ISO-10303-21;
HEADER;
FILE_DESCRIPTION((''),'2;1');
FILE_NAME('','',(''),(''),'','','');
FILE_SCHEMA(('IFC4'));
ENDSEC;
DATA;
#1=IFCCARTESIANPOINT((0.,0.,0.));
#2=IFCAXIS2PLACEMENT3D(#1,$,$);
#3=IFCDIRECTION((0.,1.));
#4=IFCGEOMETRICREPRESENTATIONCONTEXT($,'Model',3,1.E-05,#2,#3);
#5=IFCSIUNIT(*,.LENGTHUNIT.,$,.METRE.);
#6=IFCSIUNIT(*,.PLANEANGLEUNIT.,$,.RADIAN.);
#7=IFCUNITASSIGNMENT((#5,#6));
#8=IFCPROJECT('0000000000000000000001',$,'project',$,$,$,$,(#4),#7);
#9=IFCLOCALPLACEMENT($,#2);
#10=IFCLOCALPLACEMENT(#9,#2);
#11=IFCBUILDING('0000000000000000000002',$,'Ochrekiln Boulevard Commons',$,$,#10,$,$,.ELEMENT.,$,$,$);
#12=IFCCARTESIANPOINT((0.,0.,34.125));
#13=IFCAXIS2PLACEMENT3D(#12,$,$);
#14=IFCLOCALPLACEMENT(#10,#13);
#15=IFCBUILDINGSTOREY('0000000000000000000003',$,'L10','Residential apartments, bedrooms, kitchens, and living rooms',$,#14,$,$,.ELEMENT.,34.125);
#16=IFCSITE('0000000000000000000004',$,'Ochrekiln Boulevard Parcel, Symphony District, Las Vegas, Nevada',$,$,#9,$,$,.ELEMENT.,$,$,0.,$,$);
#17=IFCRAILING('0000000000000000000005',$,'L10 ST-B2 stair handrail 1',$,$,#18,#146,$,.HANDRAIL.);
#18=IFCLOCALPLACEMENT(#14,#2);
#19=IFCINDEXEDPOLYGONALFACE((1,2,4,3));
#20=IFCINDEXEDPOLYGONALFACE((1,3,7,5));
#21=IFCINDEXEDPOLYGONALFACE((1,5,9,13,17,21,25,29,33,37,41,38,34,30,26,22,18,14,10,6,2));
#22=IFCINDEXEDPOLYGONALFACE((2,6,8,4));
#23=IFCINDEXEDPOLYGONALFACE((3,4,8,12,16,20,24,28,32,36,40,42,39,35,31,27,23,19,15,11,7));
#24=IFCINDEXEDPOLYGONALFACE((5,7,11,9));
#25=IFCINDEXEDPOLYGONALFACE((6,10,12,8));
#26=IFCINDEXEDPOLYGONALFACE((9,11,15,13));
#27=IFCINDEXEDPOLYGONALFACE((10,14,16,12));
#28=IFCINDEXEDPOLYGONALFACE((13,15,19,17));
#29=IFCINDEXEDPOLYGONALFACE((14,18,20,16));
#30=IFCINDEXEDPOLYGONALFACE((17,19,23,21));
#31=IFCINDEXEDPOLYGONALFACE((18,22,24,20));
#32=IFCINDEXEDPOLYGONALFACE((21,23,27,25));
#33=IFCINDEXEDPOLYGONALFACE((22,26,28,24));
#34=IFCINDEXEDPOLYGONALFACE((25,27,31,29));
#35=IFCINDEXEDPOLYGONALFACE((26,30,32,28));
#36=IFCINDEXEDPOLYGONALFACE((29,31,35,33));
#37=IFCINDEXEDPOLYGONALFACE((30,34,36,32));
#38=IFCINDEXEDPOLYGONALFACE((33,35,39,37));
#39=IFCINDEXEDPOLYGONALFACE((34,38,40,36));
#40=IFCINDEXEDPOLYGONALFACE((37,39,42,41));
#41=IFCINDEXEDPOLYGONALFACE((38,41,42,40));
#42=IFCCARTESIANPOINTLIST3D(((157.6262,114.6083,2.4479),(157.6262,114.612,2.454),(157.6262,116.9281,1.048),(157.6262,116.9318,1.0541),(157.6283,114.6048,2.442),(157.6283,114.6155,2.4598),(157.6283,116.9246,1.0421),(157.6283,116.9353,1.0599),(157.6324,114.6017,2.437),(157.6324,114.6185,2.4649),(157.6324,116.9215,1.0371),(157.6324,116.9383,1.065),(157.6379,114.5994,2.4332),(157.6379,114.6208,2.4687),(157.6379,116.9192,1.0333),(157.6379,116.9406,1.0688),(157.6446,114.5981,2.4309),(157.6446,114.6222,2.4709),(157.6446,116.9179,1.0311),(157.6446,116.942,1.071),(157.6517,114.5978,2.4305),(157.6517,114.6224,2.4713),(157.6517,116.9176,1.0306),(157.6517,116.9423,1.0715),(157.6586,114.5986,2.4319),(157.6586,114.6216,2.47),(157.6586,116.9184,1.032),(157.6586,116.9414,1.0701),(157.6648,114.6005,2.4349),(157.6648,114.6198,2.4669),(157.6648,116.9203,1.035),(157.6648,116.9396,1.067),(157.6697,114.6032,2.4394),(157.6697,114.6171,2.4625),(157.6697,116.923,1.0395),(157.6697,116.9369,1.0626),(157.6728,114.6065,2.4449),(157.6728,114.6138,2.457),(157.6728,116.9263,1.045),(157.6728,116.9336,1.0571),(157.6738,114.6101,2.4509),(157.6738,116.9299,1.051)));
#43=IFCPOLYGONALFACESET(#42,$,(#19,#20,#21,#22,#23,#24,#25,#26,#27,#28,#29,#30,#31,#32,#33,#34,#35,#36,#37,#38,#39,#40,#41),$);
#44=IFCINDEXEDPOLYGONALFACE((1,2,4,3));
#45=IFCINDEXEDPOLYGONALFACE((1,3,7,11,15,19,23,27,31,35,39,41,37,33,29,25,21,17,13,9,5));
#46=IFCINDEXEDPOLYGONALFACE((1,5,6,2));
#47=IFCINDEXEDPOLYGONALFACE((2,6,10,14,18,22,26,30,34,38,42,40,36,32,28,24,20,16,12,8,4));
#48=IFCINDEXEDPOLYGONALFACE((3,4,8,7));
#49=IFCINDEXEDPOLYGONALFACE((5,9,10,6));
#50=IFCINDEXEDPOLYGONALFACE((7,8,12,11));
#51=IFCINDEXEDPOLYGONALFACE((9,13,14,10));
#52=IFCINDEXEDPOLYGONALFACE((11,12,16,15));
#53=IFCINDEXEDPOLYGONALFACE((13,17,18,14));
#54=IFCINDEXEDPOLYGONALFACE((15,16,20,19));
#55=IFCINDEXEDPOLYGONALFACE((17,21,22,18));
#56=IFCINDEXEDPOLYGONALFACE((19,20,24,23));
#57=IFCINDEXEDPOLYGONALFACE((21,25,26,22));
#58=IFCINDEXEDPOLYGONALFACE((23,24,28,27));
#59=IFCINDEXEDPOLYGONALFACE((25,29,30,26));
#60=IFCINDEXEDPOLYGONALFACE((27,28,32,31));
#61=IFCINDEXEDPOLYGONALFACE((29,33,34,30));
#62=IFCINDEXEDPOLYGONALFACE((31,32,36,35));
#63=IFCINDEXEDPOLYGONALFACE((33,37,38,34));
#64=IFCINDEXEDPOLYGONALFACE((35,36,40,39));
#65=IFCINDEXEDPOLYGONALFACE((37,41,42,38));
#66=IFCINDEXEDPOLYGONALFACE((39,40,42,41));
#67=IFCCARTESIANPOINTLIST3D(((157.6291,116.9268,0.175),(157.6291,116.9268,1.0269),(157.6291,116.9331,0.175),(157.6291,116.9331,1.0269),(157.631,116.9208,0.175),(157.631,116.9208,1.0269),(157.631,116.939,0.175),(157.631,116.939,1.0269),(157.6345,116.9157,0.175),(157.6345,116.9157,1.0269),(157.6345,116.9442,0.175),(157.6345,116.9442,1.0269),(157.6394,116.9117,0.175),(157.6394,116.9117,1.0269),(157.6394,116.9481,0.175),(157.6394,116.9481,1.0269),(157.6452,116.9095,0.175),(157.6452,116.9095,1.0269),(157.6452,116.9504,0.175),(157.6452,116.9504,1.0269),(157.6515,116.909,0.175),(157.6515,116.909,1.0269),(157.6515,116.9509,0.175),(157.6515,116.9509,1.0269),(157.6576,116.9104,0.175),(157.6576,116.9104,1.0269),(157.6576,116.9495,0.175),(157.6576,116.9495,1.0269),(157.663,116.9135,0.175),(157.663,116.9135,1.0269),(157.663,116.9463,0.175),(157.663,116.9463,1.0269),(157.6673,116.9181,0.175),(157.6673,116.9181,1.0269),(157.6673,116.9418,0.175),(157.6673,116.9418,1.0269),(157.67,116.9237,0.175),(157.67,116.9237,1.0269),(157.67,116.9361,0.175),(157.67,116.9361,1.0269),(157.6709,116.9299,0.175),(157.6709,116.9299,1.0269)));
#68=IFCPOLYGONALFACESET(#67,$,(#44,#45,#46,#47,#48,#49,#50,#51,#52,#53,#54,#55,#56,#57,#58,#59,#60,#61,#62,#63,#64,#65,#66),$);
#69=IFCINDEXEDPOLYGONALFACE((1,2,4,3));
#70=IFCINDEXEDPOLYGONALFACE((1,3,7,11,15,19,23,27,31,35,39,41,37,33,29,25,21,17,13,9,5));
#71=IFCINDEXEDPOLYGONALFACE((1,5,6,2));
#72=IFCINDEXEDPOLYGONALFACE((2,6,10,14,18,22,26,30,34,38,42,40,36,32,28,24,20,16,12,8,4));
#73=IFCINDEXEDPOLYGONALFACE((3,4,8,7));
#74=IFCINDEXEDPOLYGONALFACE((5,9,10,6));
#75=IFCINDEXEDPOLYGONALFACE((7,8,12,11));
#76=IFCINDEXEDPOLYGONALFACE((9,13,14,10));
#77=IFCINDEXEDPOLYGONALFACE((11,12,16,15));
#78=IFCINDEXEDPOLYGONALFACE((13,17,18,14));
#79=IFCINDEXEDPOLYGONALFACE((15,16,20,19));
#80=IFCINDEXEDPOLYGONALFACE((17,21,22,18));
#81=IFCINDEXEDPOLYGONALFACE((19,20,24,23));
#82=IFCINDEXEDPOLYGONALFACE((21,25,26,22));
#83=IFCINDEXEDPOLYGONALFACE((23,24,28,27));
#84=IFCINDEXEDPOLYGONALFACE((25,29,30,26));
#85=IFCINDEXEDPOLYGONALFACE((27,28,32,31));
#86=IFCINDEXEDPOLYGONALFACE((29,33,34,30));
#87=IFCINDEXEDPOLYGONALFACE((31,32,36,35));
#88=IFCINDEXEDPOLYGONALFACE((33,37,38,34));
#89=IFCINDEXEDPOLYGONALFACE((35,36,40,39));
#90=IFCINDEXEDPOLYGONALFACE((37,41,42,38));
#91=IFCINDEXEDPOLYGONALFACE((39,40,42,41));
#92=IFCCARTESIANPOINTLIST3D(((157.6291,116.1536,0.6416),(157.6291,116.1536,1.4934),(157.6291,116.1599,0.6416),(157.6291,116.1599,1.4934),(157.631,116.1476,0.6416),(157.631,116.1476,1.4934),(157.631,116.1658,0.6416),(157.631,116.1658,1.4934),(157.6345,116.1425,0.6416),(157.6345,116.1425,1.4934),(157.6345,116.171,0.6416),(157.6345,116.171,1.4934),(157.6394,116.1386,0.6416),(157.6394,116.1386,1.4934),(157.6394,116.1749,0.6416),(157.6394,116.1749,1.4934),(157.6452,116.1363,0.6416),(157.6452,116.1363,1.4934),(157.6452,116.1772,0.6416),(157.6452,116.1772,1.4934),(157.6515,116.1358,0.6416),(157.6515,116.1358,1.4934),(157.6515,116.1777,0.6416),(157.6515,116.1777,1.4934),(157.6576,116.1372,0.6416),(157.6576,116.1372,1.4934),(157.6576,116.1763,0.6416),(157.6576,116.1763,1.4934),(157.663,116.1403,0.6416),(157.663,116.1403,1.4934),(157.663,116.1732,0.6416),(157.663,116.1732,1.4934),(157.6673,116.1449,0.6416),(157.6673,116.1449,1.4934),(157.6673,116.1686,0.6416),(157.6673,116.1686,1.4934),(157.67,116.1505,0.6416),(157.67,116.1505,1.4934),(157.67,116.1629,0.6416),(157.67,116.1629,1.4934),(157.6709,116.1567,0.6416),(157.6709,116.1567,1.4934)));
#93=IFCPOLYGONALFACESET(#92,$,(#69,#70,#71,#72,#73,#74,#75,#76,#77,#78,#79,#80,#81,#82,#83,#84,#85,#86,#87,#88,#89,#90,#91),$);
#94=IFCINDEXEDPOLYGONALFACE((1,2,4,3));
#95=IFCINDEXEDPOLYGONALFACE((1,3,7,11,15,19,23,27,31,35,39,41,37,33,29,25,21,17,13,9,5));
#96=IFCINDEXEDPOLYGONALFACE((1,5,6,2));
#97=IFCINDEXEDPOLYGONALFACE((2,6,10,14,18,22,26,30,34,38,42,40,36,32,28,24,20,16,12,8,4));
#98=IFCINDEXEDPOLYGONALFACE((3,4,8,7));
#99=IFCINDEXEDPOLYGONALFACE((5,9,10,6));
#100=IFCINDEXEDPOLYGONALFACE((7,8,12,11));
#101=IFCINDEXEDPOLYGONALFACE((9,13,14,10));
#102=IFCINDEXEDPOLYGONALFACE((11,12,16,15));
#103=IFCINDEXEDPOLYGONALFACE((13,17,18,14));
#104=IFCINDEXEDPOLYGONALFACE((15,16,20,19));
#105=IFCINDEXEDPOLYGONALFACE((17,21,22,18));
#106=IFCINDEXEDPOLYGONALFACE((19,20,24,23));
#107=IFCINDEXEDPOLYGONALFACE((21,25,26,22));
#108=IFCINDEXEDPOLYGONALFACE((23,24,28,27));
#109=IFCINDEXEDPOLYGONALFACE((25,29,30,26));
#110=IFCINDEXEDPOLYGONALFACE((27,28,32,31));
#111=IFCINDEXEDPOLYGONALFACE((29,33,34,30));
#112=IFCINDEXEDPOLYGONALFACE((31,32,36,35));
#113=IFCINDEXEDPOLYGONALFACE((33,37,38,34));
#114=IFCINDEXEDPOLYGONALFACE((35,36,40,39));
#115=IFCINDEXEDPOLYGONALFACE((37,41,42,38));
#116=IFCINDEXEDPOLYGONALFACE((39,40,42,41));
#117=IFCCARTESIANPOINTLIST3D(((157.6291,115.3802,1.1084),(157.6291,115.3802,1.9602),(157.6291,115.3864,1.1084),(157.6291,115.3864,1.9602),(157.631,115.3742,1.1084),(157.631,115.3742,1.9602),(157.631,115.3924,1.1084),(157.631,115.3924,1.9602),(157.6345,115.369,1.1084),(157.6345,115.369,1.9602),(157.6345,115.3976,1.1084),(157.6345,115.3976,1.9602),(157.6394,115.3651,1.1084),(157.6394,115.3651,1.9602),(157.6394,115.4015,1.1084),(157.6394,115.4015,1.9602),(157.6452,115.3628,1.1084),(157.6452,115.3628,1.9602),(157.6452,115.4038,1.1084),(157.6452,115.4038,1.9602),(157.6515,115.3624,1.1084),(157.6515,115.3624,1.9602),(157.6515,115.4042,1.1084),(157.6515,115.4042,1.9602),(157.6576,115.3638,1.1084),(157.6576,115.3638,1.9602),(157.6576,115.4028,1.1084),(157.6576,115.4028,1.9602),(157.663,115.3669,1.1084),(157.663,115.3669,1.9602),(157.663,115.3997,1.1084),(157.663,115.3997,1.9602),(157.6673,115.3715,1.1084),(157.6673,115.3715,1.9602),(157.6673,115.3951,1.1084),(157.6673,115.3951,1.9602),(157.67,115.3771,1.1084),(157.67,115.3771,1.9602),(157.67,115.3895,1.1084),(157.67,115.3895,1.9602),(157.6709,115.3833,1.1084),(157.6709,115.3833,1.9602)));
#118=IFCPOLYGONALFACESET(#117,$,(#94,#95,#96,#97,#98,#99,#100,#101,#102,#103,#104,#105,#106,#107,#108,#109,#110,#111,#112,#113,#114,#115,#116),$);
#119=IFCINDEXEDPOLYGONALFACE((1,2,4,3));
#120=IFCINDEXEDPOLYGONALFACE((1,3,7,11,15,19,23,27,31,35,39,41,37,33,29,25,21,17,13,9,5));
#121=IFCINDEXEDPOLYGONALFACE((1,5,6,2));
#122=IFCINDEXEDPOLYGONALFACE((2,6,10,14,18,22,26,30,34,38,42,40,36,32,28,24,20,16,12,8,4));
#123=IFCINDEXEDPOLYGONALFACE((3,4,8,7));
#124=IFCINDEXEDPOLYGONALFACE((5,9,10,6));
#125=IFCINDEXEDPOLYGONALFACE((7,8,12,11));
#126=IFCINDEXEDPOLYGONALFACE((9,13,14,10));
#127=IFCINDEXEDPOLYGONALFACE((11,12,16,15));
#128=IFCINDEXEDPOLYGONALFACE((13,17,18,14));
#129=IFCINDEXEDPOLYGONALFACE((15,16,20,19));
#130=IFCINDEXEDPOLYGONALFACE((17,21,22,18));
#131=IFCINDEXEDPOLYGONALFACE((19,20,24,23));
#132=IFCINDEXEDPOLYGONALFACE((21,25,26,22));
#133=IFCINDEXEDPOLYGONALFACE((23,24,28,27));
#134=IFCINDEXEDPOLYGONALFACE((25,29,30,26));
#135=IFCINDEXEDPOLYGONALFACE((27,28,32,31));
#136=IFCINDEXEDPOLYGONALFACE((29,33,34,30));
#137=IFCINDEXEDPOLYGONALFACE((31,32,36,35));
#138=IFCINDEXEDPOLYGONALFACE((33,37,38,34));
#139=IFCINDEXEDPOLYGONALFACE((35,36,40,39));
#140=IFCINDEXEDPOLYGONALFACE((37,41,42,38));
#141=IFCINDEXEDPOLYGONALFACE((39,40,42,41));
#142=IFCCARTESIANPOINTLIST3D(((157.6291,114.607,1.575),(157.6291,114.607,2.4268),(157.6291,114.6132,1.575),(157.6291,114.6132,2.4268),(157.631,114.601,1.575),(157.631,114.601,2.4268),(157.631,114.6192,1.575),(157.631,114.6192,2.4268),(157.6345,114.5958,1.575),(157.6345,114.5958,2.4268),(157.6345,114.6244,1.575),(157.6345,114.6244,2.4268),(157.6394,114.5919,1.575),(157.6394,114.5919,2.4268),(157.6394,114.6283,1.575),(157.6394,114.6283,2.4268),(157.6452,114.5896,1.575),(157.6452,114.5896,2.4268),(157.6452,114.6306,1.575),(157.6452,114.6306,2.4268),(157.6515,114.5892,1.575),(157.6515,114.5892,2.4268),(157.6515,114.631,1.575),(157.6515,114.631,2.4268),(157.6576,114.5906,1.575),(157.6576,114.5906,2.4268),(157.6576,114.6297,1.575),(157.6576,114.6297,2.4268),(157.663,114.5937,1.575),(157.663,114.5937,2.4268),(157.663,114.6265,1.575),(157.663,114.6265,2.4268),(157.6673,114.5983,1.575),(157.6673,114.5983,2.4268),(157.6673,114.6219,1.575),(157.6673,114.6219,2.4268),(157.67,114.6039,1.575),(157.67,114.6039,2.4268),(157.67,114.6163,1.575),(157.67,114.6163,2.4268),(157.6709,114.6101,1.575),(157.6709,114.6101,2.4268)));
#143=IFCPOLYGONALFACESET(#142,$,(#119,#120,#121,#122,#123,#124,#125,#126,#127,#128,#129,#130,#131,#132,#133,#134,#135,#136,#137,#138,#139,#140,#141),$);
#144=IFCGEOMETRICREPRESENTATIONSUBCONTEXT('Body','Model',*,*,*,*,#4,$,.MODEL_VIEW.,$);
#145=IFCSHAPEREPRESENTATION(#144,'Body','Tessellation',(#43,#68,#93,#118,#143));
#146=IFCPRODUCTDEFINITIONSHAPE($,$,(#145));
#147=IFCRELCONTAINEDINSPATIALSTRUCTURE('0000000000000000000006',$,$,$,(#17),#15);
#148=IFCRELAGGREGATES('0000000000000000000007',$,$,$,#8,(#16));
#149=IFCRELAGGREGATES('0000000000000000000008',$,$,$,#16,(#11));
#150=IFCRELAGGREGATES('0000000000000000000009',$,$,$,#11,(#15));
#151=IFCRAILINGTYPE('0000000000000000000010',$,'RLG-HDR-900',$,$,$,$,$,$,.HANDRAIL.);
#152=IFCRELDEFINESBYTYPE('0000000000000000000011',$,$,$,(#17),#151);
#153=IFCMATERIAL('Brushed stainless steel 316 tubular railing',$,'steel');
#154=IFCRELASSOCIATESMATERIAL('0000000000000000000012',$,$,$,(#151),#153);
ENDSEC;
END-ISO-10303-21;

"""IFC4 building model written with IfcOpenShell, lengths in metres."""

from ifc_helpers import new_model, si_unit, direction, frame, origin, origin_2d, place, context, subcontext, project, spatial, circle, extrude, material, type_object, element, save


model = new_model("IFC4")

# Units and contexts
model_context = context("Model", 3, precision=1e-05, world=origin(), true_north=direction((0.0, 1.0)))
body_context = subcontext(model_context, "Body", "Model", "MODEL_VIEW")
ifc_project = project(units=[si_unit("LENGTHUNIT", "METRE"), si_unit("PLANEANGLEUNIT", "RADIAN")], contexts=[model_context])

# Site, building, storey
site_placement = place(None, origin())
site = spatial("IfcSite", under=ifc_project, at=site_placement, Name="Ochrekiln Boulevard Parcel, Symphony District, Las Vegas, Nevada", CompositionType="ELEMENT", RefElevation=0.0)
building_placement = place(site_placement, origin())
building = spatial("IfcBuilding", under=site, at=building_placement, Name="Ochrekiln Boulevard Commons", CompositionType="ELEMENT")
storey_placement = place(building_placement, frame((0.0, 0.0, 34.125)))
storey = spatial("IfcBuildingStorey", under=building, at=storey_placement, Name="L10", Description="Residential apartments, bedrooms, kitchens, and living rooms", CompositionType="ELEMENT", Elevation=34.125)

# Railing
ifc_material_1 = material(Name="Brushed stainless steel 316 tubular railing", Category="steel")
railing_type_1 = type_object("IfcRailingType", Name="RLG-HDR-900", PredefinedType="HANDRAIL", material=ifc_material_1)
railing_1_placement = place(storey_placement, frame((157.6499, 116.9299, 0.175)))
element("IfcRailing", 1, at=railing_1_placement, inside=storey, type_object=railing_type_1, Name="L10 ST-B2 stair handrail 1", PredefinedType="HANDRAIL", context=body_context, shape_type="SweptSolid", body=[
    extrude(circle(Radius=0.0239, at=origin_2d()), frame((0.0, 0.0, 0.876), z_axis=(0.0, -0.856186, 0.516667), x_axis=(1.0, 0.0, 0.0)), (0.0, 0.0, 1.0), 2.7095),
    extrude(circle(Radius=0.021, at=origin_2d()), origin(), (0.0, 0.0, 1.0), 0.8518),
    extrude(circle(Radius=0.021, at=origin_2d()), frame((0.0, -0.7732, 0.4666)), (0.0, 0.0, 1.0), 0.8518),
    extrude(circle(Radius=0.021, at=origin_2d()), frame((0.0, -1.5466, 0.9333)), (0.0, 0.0, 1.0), 0.8518),
    extrude(circle(Radius=0.021, at=origin_2d()), frame((0.0, -2.3198, 1.3999)), (0.0, 0.0, 1.0), 0.8518),
])

save(model, "model.ifc")
